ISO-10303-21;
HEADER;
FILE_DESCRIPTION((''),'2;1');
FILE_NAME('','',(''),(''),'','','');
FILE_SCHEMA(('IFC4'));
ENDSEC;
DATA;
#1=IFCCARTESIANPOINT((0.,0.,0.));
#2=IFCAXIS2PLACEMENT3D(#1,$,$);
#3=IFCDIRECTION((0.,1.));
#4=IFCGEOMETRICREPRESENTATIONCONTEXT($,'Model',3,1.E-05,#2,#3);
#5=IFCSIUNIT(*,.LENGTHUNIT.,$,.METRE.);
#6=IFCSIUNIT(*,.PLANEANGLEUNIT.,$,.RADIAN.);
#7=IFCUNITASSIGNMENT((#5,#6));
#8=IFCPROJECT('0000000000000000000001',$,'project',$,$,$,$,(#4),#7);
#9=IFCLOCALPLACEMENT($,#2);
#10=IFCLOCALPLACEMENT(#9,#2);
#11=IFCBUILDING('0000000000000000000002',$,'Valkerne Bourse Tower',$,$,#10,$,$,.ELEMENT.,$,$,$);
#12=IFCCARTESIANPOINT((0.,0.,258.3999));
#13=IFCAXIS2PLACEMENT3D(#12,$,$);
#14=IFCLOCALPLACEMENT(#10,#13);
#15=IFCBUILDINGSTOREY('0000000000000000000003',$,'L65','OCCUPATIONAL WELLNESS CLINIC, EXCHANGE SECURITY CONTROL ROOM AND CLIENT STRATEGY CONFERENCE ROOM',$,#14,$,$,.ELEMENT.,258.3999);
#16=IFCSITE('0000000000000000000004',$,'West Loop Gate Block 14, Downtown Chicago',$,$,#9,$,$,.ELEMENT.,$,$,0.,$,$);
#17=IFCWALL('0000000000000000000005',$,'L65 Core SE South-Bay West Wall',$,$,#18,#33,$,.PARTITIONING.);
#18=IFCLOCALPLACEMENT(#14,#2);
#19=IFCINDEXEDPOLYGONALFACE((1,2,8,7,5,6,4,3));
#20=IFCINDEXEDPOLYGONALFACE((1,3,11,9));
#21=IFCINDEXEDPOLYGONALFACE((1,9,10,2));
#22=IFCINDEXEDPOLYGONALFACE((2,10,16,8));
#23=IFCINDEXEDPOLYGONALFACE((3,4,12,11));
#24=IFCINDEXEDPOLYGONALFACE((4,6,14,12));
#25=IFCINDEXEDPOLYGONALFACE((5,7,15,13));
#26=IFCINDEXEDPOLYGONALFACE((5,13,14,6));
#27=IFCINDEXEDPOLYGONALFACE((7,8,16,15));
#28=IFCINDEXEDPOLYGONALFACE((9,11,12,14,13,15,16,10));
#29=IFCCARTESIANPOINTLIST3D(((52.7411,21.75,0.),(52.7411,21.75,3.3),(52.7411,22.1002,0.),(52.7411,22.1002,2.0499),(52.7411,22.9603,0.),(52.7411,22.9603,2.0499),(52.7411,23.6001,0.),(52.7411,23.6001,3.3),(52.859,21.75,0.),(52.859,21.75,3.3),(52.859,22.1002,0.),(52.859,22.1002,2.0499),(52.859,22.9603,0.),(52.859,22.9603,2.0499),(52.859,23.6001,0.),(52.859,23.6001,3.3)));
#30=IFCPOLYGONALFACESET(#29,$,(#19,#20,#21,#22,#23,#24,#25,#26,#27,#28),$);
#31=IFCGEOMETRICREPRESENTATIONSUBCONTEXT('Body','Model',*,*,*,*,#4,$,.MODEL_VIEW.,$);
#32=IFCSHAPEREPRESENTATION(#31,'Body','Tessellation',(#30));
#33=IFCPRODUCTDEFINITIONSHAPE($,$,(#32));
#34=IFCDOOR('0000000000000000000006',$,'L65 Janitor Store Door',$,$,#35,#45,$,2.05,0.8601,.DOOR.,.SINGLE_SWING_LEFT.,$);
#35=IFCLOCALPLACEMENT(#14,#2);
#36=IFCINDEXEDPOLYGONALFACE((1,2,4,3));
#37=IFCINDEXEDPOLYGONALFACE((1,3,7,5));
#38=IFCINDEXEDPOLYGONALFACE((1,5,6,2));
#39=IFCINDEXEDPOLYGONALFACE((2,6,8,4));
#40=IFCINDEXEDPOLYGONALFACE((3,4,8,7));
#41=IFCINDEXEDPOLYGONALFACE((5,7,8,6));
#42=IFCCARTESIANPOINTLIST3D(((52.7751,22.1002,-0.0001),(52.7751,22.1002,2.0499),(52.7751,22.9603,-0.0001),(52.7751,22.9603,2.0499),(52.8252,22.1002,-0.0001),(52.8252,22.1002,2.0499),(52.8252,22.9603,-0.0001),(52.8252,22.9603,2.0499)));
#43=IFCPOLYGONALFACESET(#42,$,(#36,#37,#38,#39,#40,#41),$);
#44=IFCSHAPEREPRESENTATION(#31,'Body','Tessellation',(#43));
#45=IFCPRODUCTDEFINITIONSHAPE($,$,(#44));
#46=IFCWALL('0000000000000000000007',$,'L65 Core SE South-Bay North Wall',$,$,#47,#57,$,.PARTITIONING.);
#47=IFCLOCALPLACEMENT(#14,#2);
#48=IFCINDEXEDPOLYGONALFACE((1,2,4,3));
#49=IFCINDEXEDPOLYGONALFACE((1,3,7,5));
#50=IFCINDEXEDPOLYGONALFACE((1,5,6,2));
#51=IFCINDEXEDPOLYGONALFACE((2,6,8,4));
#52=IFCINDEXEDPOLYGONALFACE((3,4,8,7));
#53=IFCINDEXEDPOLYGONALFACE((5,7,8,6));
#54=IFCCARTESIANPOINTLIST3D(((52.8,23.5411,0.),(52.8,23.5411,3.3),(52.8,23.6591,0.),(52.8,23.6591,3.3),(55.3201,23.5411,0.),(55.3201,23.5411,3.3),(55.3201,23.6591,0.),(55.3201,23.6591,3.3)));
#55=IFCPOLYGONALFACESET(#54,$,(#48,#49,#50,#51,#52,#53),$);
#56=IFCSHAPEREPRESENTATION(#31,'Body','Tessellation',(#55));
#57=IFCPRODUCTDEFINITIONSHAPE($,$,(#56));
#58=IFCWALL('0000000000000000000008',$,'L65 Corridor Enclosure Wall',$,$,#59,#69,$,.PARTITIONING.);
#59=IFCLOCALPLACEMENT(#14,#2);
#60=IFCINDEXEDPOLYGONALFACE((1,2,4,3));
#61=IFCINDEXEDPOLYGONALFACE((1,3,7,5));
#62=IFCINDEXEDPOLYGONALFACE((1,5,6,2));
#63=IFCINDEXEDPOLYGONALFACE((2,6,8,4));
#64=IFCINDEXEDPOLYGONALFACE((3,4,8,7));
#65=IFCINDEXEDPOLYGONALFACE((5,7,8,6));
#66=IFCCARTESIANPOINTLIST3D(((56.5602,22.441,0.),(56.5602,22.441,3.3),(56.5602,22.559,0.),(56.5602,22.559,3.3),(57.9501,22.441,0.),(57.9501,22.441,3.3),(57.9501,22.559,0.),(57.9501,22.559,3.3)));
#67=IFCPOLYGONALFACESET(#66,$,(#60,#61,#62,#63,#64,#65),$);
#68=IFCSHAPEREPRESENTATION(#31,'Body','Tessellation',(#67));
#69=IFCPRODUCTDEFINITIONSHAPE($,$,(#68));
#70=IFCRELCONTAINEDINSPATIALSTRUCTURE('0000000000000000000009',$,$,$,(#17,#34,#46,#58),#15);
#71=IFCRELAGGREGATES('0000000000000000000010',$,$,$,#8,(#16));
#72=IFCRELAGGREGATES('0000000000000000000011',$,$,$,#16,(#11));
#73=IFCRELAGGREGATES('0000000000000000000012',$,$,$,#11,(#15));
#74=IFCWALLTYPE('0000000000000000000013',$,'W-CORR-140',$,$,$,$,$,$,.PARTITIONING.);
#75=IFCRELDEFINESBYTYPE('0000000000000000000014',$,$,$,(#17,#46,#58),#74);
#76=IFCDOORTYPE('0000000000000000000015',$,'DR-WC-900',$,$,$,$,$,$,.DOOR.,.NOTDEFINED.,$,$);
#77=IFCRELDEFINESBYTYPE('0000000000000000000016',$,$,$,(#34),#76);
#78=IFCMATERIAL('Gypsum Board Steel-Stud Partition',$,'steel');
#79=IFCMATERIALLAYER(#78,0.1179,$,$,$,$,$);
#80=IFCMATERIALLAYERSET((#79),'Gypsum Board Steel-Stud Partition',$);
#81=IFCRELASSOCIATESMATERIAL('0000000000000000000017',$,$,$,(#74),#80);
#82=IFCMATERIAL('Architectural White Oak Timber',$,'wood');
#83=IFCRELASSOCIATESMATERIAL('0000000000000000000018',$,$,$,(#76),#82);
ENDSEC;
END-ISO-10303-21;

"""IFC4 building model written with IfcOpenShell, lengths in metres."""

from ifc_helpers import new_model, si_unit, direction, frame, frame_2d, origin, place, context, subcontext, project, spatial, rectangle, extrude, material, layer, layer_set, type_object, element, fill, save


model = new_model("IFC4")

# Units and contexts
model_context = context("Model", 3, precision=1e-05, world=origin(), true_north=direction((0.0, 1.0)))
body_context = subcontext(model_context, "Body", "Model", "MODEL_VIEW")
ifc_project = project(units=[si_unit("LENGTHUNIT", "METRE"), si_unit("PLANEANGLEUNIT", "RADIAN")], contexts=[model_context])

# Site, building, storey
site_placement = place(None, origin())
site = spatial("IfcSite", under=ifc_project, at=site_placement, Name="West Loop Gate Block 14, Downtown Chicago", CompositionType="ELEMENT", RefElevation=0.0)
building_placement = place(site_placement, origin())
building = spatial("IfcBuilding", under=site, at=building_placement, Name="Valkerne Bourse Tower", CompositionType="ELEMENT")
storey_placement = place(building_placement, frame((0.0, 0.0, 258.3999)))
storey = spatial("IfcBuildingStorey", under=building, at=storey_placement, Name="L65", Description="OCCUPATIONAL WELLNESS CLINIC, EXCHANGE SECURITY CONTROL ROOM AND CLIENT STRATEGY CONFERENCE ROOM", CompositionType="ELEMENT", Elevation=258.3999)

# Wall, opening, door
ifc_material_1 = material(Name="Gypsum Board Steel-Stud Partition", Category="steel")
ifc_layer_1 = layer(ifc_material_1, 0.1179)
ifc_layer_set_1 = layer_set([ifc_layer_1], Name="Gypsum Board Steel-Stud Partition")
wall_type = type_object("IfcWallType", Name="W-CORR-140", PredefinedType="PARTITIONING", material=ifc_layer_set_1)
wall_1_placement = place(storey_placement, frame((52.8, 21.75, 0.0), z_axis=(0.0, 0.0, 1.0), x_axis=(0.0, 1.0, 0.0)))
wall_1 = element("IfcWall", 1, at=wall_1_placement, inside=storey, type_object=wall_type, Name="L65 Core SE South-Bay West Wall", PredefinedType="PARTITIONING", context=body_context, shape_type="SweptSolid", body=[
    extrude(rectangle(XDim=1.8501, YDim=0.1179, at=frame_2d((0.925, 0.0))), origin(), (0.0, 0.0, 1.0), 3.3),
])
opening_placement = place(wall_1_placement, frame((0.3501, 0.0, 0.0)))
opening = element("IfcOpeningElement", 2, at=opening_placement, cuts=wall_1, PredefinedType="OPENING", context=body_context, shape_type="SweptSolid", body=[
    extrude(rectangle(XDim=0.8601, YDim=2.05, at=frame_2d((0.4302, 1.0249))), frame((0.0, 0.0688, 0.0), z_axis=(0.0, -1.0, 0.0), x_axis=(1.0, 0.0, 0.0)), (0.0, 0.0, 1.0), 0.1379),
])
ifc_material_2 = material(Name="Architectural White Oak Timber", Category="wood")
door_type = type_object("IfcDoorType", Name="DR-WC-900", OperationType="NOTDEFINED", PredefinedType="DOOR", material=ifc_material_2)
door_placement = place(opening_placement, origin())
door = element("IfcDoor", 3, at=door_placement, inside=storey, type_object=door_type, Name="L65 Janitor Store Door", OperationType="SINGLE_SWING_LEFT", OverallHeight=2.05, OverallWidth=0.8601, PredefinedType="DOOR", context=body_context, shape_type="SweptSolid", body=[
    extrude(rectangle(XDim=0.8601, YDim=2.05, at=frame_2d((0.4302, 1.0249))), frame((0.0, 0.0249, 0.0), z_axis=(0.0, -1.0, 0.0), x_axis=(1.0, 0.0, 0.0)), (0.0, 0.0, 1.0), 0.05),
])
fill(opening, door)

# Walls
wall_2_placement = place(storey_placement, frame((52.8, 23.6001, 0.0), z_axis=(0.0, 0.0, 1.0), x_axis=(1.0, 0.0, 0.0)))
element("IfcWall", 4, at=wall_2_placement, inside=storey, type_object=wall_type, Name="L65 Core SE South-Bay North Wall", PredefinedType="PARTITIONING", context=body_context, shape_type="SweptSolid", body=[
    extrude(rectangle(XDim=2.52, YDim=0.1179, at=frame_2d((1.26, 0.0))), origin(), (0.0, 0.0, 1.0), 3.3),
])
wall_3_placement = place(storey_placement, frame((57.95, 22.5, 0.0), z_axis=(0.0, 0.0, 1.0), x_axis=(-1.0, 0.0, 0.0)))
element("IfcWall", 5, at=wall_3_placement, inside=storey, type_object=wall_type, Name="L65 Corridor Enclosure Wall", PredefinedType="PARTITIONING", context=body_context, shape_type="SweptSolid", body=[
    extrude(rectangle(XDim=1.3899, YDim=0.1179, at=frame_2d((0.6948, 0.0))), origin(), (0.0, 0.0, 1.0), 3.3),
])

save(model, "model.ifc")
